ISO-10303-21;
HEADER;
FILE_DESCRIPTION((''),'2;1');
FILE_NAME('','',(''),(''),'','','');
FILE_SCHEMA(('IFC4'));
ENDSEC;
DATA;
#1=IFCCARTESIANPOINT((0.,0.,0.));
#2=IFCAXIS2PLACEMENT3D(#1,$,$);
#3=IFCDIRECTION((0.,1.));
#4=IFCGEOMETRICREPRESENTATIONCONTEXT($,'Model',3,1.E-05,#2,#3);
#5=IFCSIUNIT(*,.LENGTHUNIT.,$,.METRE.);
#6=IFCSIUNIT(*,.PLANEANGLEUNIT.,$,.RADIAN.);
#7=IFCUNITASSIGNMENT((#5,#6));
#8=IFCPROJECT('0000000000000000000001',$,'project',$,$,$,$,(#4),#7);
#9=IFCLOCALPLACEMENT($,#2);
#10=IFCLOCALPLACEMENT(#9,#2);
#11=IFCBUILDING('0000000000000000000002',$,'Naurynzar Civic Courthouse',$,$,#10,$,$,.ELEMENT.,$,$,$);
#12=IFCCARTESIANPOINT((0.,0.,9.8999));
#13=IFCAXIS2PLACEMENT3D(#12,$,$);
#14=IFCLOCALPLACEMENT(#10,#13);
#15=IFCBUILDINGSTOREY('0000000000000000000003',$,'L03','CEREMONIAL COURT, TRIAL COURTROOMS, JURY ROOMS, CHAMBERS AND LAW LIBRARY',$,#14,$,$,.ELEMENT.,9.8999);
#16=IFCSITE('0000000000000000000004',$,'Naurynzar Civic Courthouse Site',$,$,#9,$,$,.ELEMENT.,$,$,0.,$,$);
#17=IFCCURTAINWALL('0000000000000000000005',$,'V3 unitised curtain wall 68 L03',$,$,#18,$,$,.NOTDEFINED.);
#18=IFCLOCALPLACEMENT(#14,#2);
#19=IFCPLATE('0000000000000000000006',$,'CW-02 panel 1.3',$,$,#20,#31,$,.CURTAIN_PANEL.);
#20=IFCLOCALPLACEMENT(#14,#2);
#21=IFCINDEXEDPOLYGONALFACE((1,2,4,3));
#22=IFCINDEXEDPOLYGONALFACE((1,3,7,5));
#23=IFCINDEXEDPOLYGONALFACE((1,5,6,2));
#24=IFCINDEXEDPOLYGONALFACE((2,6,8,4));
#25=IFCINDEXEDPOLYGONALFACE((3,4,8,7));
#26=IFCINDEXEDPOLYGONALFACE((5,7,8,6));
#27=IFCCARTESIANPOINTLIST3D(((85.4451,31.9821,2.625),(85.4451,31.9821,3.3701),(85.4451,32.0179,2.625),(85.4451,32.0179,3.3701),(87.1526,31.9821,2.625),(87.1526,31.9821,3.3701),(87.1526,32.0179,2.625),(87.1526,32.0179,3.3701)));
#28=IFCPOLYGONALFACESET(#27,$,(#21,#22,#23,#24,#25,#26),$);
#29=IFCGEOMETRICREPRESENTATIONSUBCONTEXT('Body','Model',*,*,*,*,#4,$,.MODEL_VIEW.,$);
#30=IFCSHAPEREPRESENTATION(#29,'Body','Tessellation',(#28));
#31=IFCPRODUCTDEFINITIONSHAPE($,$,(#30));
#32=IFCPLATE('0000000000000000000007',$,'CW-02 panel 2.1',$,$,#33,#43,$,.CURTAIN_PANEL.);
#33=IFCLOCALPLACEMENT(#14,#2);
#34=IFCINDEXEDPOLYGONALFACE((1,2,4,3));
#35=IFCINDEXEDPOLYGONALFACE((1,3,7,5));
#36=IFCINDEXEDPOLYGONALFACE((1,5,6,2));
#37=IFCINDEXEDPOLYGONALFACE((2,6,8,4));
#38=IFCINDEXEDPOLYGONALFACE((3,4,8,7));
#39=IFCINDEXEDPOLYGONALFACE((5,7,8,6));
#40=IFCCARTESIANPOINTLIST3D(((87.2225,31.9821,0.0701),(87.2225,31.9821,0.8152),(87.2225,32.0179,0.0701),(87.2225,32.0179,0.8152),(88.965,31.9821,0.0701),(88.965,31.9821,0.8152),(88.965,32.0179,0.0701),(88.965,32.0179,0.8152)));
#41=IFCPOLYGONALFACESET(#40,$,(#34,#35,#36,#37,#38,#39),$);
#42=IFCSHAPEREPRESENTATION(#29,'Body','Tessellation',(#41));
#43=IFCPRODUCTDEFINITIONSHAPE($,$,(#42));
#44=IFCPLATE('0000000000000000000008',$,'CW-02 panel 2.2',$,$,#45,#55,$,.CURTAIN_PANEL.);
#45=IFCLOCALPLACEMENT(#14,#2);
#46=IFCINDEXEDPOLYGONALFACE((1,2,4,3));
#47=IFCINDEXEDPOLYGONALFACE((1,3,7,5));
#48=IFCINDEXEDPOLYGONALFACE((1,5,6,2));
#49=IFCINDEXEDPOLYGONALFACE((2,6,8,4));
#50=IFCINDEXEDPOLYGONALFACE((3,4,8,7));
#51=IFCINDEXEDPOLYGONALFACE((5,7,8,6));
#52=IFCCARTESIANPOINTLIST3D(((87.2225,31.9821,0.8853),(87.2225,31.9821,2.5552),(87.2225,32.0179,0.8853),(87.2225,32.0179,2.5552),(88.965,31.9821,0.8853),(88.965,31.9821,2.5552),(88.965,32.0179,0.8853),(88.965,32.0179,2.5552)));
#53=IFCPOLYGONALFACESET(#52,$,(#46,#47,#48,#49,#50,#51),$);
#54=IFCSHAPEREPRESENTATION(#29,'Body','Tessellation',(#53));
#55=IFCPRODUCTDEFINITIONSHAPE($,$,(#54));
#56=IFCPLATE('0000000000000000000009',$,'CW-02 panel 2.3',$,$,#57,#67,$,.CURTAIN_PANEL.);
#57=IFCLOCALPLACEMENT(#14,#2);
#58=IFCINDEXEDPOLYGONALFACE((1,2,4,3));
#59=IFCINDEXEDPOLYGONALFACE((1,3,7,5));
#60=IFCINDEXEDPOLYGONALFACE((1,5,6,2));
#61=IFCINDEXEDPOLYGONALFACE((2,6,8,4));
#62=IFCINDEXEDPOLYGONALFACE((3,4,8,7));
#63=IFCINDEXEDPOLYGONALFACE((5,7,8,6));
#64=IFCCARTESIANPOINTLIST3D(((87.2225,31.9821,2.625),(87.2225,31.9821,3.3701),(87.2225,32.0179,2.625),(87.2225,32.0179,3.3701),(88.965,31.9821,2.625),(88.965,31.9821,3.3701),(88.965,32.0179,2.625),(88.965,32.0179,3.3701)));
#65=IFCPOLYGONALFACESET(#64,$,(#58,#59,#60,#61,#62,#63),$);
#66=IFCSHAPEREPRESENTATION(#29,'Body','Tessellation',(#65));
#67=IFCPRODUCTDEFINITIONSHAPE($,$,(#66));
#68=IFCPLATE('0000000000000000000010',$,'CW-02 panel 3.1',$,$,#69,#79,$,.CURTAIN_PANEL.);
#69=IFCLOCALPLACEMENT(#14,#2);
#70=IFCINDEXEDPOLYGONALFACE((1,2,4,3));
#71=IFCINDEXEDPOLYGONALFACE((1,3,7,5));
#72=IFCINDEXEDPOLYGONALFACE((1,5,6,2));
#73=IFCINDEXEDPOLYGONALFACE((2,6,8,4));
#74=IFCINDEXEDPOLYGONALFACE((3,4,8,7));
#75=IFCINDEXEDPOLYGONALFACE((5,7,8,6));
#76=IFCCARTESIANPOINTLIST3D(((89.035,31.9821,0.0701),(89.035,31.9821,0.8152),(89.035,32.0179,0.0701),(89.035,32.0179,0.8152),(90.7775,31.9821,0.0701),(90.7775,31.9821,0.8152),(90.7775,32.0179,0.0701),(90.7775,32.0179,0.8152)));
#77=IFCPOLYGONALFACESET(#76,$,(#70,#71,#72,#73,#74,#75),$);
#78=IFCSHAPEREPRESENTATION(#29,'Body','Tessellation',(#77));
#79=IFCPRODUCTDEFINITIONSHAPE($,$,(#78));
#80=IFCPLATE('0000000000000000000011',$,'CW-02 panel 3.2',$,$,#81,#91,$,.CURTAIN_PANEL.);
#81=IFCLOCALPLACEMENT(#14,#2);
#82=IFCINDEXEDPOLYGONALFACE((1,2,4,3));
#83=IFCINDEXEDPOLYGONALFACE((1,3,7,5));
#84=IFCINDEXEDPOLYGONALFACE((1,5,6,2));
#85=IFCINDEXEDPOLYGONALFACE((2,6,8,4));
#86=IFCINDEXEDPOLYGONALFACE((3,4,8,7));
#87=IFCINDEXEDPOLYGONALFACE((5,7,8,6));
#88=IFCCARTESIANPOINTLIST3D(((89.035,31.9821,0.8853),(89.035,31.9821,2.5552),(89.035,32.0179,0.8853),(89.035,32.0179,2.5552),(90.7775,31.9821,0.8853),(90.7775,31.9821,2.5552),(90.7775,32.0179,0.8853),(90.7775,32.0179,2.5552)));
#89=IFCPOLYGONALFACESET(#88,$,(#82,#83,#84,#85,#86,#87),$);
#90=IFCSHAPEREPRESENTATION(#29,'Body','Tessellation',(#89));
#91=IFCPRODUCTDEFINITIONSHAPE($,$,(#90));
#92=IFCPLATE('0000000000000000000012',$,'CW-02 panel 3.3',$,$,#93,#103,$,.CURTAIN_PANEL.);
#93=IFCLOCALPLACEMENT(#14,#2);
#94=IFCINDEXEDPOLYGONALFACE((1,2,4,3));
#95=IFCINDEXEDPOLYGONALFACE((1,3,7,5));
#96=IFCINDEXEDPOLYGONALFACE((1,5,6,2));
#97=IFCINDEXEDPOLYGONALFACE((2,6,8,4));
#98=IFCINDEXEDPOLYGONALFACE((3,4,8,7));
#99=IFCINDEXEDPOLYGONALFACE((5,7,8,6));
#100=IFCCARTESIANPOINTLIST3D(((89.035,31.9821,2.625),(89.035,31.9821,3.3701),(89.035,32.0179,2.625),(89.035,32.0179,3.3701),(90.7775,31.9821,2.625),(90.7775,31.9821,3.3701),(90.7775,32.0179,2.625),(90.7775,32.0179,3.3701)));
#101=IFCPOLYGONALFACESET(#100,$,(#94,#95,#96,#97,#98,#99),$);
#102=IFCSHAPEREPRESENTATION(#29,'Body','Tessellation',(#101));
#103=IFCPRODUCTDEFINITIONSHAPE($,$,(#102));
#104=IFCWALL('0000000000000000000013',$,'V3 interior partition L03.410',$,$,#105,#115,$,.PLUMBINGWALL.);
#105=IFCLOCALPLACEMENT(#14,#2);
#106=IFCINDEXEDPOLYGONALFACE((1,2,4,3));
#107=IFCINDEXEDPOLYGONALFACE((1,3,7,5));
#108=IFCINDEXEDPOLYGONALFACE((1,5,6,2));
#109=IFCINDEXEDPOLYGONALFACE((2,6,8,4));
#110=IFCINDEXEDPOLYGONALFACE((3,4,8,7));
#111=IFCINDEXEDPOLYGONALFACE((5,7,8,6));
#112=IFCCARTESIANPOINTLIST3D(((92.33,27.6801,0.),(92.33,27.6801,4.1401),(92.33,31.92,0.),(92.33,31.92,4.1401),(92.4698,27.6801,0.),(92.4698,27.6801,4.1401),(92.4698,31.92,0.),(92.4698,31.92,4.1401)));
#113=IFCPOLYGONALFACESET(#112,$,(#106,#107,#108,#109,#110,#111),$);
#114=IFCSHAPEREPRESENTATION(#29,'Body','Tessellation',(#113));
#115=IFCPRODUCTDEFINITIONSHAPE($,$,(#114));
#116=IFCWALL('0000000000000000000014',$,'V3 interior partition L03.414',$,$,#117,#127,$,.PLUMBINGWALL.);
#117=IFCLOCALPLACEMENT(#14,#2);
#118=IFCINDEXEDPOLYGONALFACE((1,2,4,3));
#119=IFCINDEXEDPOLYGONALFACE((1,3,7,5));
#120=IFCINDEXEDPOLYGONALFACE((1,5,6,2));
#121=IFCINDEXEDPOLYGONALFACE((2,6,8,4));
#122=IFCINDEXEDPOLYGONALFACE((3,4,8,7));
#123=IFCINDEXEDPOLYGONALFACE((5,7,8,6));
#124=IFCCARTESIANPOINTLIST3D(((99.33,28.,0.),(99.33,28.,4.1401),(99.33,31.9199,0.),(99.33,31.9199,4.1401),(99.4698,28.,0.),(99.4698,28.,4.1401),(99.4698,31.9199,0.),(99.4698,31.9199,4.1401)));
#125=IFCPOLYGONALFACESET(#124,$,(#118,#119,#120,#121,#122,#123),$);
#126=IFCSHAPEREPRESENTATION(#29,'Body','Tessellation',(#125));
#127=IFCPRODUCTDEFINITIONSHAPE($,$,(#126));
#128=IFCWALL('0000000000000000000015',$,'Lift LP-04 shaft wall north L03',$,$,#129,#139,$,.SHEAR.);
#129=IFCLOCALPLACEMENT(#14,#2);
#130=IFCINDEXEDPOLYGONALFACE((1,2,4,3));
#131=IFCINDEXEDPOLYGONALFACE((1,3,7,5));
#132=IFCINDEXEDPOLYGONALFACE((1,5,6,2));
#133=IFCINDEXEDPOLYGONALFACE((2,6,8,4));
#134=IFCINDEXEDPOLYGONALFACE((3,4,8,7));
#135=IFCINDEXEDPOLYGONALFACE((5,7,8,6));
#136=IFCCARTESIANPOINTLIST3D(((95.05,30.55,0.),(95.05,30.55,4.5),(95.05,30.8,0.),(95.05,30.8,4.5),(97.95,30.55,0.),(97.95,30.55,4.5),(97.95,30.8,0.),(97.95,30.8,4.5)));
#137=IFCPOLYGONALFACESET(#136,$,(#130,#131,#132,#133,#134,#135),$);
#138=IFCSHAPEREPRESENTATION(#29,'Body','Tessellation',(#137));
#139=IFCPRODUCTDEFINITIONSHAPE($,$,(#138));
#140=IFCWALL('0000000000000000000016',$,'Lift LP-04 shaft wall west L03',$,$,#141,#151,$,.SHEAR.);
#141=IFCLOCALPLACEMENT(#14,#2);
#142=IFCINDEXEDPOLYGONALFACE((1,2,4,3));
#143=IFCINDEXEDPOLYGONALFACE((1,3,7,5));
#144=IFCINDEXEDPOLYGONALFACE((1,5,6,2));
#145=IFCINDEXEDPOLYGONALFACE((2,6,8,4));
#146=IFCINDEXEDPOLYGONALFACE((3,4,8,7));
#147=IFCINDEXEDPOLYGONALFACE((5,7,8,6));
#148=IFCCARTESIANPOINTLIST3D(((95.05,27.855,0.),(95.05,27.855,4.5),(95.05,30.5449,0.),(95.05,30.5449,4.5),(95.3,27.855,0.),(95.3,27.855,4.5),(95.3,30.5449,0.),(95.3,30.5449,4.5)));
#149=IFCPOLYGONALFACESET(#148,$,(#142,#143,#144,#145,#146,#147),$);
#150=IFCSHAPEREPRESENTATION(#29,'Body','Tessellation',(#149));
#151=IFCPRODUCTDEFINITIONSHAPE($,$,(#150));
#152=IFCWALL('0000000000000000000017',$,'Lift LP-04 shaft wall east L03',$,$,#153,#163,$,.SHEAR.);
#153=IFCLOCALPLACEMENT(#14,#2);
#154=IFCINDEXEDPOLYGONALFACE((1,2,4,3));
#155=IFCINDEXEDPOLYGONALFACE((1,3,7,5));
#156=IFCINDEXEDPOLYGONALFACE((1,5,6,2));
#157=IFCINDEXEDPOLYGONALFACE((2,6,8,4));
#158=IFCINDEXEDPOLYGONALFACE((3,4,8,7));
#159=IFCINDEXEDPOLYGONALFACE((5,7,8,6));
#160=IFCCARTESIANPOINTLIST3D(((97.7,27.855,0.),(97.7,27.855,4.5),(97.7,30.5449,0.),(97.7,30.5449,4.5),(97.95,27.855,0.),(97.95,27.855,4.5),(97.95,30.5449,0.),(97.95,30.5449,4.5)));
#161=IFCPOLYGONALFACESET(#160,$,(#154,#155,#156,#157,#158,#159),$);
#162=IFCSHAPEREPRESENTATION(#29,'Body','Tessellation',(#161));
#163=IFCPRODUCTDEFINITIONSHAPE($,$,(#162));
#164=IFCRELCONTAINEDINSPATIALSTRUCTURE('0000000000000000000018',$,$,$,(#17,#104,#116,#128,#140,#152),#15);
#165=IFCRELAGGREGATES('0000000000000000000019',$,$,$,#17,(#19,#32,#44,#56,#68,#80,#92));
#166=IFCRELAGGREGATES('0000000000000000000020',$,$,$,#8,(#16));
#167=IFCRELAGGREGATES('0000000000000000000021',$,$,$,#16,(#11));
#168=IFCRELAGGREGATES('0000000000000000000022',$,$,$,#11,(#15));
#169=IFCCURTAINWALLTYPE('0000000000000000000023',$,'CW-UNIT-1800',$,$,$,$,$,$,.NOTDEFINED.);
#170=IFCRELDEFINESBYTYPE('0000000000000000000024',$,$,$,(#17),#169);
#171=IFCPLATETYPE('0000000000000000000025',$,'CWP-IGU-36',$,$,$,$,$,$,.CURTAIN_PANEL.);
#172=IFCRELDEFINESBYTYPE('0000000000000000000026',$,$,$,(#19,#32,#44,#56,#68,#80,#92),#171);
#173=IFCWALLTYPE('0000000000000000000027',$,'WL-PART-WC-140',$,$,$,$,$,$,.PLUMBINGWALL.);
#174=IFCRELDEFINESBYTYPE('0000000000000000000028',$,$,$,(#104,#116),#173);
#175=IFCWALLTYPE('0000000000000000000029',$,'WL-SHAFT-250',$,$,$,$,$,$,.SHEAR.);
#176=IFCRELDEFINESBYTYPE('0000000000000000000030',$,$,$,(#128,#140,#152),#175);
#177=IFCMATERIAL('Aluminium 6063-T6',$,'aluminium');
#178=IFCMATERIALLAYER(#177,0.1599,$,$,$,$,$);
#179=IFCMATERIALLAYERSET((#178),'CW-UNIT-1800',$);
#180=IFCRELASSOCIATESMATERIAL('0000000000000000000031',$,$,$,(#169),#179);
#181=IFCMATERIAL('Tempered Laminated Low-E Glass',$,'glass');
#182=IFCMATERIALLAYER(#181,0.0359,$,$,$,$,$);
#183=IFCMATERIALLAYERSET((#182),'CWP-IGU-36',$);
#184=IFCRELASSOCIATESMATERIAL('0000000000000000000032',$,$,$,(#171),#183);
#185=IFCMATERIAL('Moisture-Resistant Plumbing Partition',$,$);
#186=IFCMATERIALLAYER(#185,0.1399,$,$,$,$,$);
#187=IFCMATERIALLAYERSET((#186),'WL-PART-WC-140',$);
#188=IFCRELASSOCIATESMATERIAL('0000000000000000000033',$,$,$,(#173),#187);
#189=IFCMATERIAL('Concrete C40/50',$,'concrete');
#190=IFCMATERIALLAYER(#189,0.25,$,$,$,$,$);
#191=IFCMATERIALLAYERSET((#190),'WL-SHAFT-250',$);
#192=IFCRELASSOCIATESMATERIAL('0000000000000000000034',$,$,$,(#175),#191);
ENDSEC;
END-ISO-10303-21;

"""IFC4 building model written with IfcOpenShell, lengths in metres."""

from ifc_helpers import new_model, si_unit, direction, frame, frame_2d, origin, origin_2d, place, context, subcontext, project, spatial, rectangle, extrude, material, layer, layer_set, type_object, element, aggregate, save


model = new_model("IFC4")

# Units and contexts
model_context = context("Model", 3, precision=1e-05, world=origin(), true_north=direction((0.0, 1.0)))
body_context = subcontext(model_context, "Body", "Model", "MODEL_VIEW")
ifc_project = project(units=[si_unit("LENGTHUNIT", "METRE"), si_unit("PLANEANGLEUNIT", "RADIAN")], contexts=[model_context])

# Site, building, storey
site_placement = place(None, origin())
site = spatial("IfcSite", under=ifc_project, at=site_placement, Name="Naurynzar Civic Courthouse Site", CompositionType="ELEMENT", RefElevation=0.0)
building_placement = place(site_placement, origin())
building = spatial("IfcBuilding", under=site, at=building_placement, Name="Naurynzar Civic Courthouse", CompositionType="ELEMENT")
storey_placement = place(building_placement, frame((0.0, 0.0, 9.8999)))
storey = spatial("IfcBuildingStorey", under=building, at=storey_placement, Name="L03", Description="CEREMONIAL COURT, TRIAL COURTROOMS, JURY ROOMS, CHAMBERS AND LAW LIBRARY", CompositionType="ELEMENT", Elevation=9.8999)

# Curtain wall, plates
ifc_material_1 = material(Name="Aluminium 6063-T6", Category="aluminium")
ifc_layer_1 = layer(ifc_material_1, 0.1599)
ifc_layer_set_1 = layer_set([ifc_layer_1], Name="CW-UNIT-1800")
curtain_wall_type = type_object("IfcCurtainWallType", Name="CW-UNIT-1800", PredefinedType="NOTDEFINED", material=ifc_layer_set_1)
curtain_wall_placement = place(storey_placement, origin())
curtain_wall = element("IfcCurtainWall", 1, at=curtain_wall_placement, inside=storey, type_object=curtain_wall_type, Name="V3 unitised curtain wall 68 L03", PredefinedType="NOTDEFINED")
ifc_material_2 = material(Name="Tempered Laminated Low-E Glass", Category="glass")
ifc_layer_2 = layer(ifc_material_2, 0.0359)
ifc_layer_set_2 = layer_set([ifc_layer_2], Name="CWP-IGU-36")
plate_type = type_object("IfcPlateType", Name="CWP-IGU-36", PredefinedType="CURTAIN_PANEL", material=ifc_layer_set_2)
plate_1_placement = place(storey_placement, frame((86.2988, 32.0, 2.625), z_axis=(0.0, 0.0, 1.0), x_axis=(1.0, 0.0, 0.0)))
plate_1 = element("IfcPlate", 2, at=plate_1_placement, type_object=plate_type, Name="CW-02 panel 1.3", PredefinedType="CURTAIN_PANEL", context=body_context, shape_type="SweptSolid", body=[
    extrude(rectangle(XDim=1.7075, YDim=0.0359, at=origin_2d()), origin(), (0.0, 0.0, 1.0), 0.7451),
])
plate_2_placement = place(storey_placement, frame((88.0938, 32.0, 0.0701), z_axis=(0.0, 0.0, 1.0), x_axis=(1.0, 0.0, 0.0)))
plate_2 = element("IfcPlate", 3, at=plate_2_placement, type_object=plate_type, Name="CW-02 panel 2.1", PredefinedType="CURTAIN_PANEL", context=body_context, shape_type="SweptSolid", body=[
    extrude(rectangle(XDim=1.7424, YDim=0.0359, at=origin_2d()), origin(), (0.0, 0.0, 1.0), 0.7451),
])
plate_3_placement = place(storey_placement, frame((88.0938, 32.0, 0.8853), z_axis=(0.0, 0.0, 1.0), x_axis=(1.0, 0.0, 0.0)))
plate_3 = element("IfcPlate", 4, at=plate_3_placement, type_object=plate_type, Name="CW-02 panel 2.2", PredefinedType="CURTAIN_PANEL", context=body_context, shape_type="SweptSolid", body=[
    extrude(rectangle(XDim=1.7424, YDim=0.0359, at=origin_2d()), origin(), (0.0, 0.0, 1.0), 1.6699),
])
plate_4_placement = place(storey_placement, frame((88.0938, 32.0, 2.625), z_axis=(0.0, 0.0, 1.0), x_axis=(1.0, 0.0, 0.0)))
plate_4 = element("IfcPlate", 5, at=plate_4_placement, type_object=plate_type, Name="CW-02 panel 2.3", PredefinedType="CURTAIN_PANEL", context=body_context, shape_type="SweptSolid", body=[
    extrude(rectangle(XDim=1.7424, YDim=0.0359, at=origin_2d()), origin(), (0.0, 0.0, 1.0), 0.7451),
])
plate_5_placement = place(storey_placement, frame((89.9062, 32.0, 0.0701), z_axis=(0.0, 0.0, 1.0), x_axis=(1.0, 0.0, 0.0)))
plate_5 = element("IfcPlate", 6, at=plate_5_placement, type_object=plate_type, Name="CW-02 panel 3.1", PredefinedType="CURTAIN_PANEL", context=body_context, shape_type="SweptSolid", body=[
    extrude(rectangle(XDim=1.7424, YDim=0.0359, at=origin_2d()), origin(), (0.0, 0.0, 1.0), 0.7451),
])
plate_6_placement = place(storey_placement, frame((89.9062, 32.0, 0.8853), z_axis=(0.0, 0.0, 1.0), x_axis=(1.0, 0.0, 0.0)))
plate_6 = element("IfcPlate", 7, at=plate_6_placement, type_object=plate_type, Name="CW-02 panel 3.2", PredefinedType="CURTAIN_PANEL", context=body_context, shape_type="SweptSolid", body=[
    extrude(rectangle(XDim=1.7424, YDim=0.0359, at=origin_2d()), origin(), (0.0, 0.0, 1.0), 1.6699),
])
plate_7_placement = place(storey_placement, frame((89.9062, 32.0, 2.625), z_axis=(0.0, 0.0, 1.0), x_axis=(1.0, 0.0, 0.0)))
plate_7 = element("IfcPlate", 8, at=plate_7_placement, type_object=plate_type, Name="CW-02 panel 3.3", PredefinedType="CURTAIN_PANEL", context=body_context, shape_type="SweptSolid", body=[
    extrude(rectangle(XDim=1.7424, YDim=0.0359, at=origin_2d()), origin(), (0.0, 0.0, 1.0), 0.7451),
])
aggregate(curtain_wall, [plate_1, plate_2, plate_3, plate_4, plate_5, plate_6, plate_7])

# Walls
ifc_material_3 = material(Name="Moisture-Resistant Plumbing Partition")
ifc_layer_3 = layer(ifc_material_3, 0.1399)
ifc_layer_set_3 = layer_set([ifc_layer_3], Name="WL-PART-WC-140")
wall_type_1 = type_object("IfcWallType", Name="WL-PART-WC-140", PredefinedType="PLUMBINGWALL", material=ifc_layer_set_3)
wall_1_placement = place(storey_placement, frame((92.3999, 27.6799, 0.0), z_axis=(0.0, 0.0, 1.0), x_axis=(0.0, 1.0, 0.0)))
element("IfcWall", 9, at=wall_1_placement, inside=storey, type_object=wall_type_1, Name="V3 interior partition L03.410", PredefinedType="PLUMBINGWALL", context=body_context, shape_type="SweptSolid", body=[
    extrude(rectangle(XDim=4.24, YDim=0.1399, at=frame_2d((2.1201, 0.0))), origin(), (0.0, 0.0, 1.0), 4.1401),
])
wall_2_placement = place(storey_placement, frame((99.3999, 28.0, 0.0), z_axis=(0.0, 0.0, 1.0), x_axis=(0.0, 1.0, 0.0)))
element("IfcWall", 10, at=wall_2_placement, inside=storey, type_object=wall_type_1, Name="V3 interior partition L03.414", PredefinedType="PLUMBINGWALL", context=body_context, shape_type="SweptSolid", body=[
    extrude(rectangle(XDim=3.9199, YDim=0.1399, at=frame_2d((1.96, 0.0))), origin(), (0.0, 0.0, 1.0), 4.1401),
])

# Shared definitions
ifc_material_4 = material(Name="Concrete C40/50", Category="concrete")
ifc_layer_4 = layer(ifc_material_4, 0.25)
ifc_layer_set_4 = layer_set([ifc_layer_4], Name="WL-SHAFT-250")
wall_type_2 = type_object("IfcWallType", Name="WL-SHAFT-250", PredefinedType="SHEAR", material=ifc_layer_set_4)

# Walls
wall_3_placement = place(storey_placement, frame((97.95, 30.675, 0.0), z_axis=(0.0, 0.0, 1.0), x_axis=(-1.0, 0.0, 0.0)))
element("IfcWall", 11, at=wall_3_placement, inside=storey, type_object=wall_type_2, Name="Lift LP-04 shaft wall north L03", PredefinedType="SHEAR", context=body_context, shape_type="SweptSolid", body=[
    extrude(rectangle(XDim=2.8999, YDim=0.25, at=frame_2d((1.45, 0.0))), origin(), (0.0, 0.0, 1.0), 4.5),
])
for number, where, z_axis, x_axis, name in (
    (12, (95.175, 30.5449, 0.0), (0.0, 0.0, 1.0), (0.0, -1.0, 0.0), "Lift LP-04 shaft wall west L03"),
    (13, (97.825, 27.855, 0.0), (0.0, 0.0, 1.0), (0.0, 1.0, 0.0), "Lift LP-04 shaft wall east L03"),
):
    element("IfcWall", number, at=place(storey_placement, frame(where, z_axis=z_axis, x_axis=x_axis)), inside=storey, type_object=wall_type_2, Name=name, PredefinedType="SHEAR", context=body_context, shape_type="SweptSolid", body=[
        extrude(rectangle(XDim=2.6899, YDim=0.25, at=frame_2d((1.345, 0.0))), origin(), (0.0, 0.0, 1.0), 4.5),
    ])

save(model, "model.ifc")
